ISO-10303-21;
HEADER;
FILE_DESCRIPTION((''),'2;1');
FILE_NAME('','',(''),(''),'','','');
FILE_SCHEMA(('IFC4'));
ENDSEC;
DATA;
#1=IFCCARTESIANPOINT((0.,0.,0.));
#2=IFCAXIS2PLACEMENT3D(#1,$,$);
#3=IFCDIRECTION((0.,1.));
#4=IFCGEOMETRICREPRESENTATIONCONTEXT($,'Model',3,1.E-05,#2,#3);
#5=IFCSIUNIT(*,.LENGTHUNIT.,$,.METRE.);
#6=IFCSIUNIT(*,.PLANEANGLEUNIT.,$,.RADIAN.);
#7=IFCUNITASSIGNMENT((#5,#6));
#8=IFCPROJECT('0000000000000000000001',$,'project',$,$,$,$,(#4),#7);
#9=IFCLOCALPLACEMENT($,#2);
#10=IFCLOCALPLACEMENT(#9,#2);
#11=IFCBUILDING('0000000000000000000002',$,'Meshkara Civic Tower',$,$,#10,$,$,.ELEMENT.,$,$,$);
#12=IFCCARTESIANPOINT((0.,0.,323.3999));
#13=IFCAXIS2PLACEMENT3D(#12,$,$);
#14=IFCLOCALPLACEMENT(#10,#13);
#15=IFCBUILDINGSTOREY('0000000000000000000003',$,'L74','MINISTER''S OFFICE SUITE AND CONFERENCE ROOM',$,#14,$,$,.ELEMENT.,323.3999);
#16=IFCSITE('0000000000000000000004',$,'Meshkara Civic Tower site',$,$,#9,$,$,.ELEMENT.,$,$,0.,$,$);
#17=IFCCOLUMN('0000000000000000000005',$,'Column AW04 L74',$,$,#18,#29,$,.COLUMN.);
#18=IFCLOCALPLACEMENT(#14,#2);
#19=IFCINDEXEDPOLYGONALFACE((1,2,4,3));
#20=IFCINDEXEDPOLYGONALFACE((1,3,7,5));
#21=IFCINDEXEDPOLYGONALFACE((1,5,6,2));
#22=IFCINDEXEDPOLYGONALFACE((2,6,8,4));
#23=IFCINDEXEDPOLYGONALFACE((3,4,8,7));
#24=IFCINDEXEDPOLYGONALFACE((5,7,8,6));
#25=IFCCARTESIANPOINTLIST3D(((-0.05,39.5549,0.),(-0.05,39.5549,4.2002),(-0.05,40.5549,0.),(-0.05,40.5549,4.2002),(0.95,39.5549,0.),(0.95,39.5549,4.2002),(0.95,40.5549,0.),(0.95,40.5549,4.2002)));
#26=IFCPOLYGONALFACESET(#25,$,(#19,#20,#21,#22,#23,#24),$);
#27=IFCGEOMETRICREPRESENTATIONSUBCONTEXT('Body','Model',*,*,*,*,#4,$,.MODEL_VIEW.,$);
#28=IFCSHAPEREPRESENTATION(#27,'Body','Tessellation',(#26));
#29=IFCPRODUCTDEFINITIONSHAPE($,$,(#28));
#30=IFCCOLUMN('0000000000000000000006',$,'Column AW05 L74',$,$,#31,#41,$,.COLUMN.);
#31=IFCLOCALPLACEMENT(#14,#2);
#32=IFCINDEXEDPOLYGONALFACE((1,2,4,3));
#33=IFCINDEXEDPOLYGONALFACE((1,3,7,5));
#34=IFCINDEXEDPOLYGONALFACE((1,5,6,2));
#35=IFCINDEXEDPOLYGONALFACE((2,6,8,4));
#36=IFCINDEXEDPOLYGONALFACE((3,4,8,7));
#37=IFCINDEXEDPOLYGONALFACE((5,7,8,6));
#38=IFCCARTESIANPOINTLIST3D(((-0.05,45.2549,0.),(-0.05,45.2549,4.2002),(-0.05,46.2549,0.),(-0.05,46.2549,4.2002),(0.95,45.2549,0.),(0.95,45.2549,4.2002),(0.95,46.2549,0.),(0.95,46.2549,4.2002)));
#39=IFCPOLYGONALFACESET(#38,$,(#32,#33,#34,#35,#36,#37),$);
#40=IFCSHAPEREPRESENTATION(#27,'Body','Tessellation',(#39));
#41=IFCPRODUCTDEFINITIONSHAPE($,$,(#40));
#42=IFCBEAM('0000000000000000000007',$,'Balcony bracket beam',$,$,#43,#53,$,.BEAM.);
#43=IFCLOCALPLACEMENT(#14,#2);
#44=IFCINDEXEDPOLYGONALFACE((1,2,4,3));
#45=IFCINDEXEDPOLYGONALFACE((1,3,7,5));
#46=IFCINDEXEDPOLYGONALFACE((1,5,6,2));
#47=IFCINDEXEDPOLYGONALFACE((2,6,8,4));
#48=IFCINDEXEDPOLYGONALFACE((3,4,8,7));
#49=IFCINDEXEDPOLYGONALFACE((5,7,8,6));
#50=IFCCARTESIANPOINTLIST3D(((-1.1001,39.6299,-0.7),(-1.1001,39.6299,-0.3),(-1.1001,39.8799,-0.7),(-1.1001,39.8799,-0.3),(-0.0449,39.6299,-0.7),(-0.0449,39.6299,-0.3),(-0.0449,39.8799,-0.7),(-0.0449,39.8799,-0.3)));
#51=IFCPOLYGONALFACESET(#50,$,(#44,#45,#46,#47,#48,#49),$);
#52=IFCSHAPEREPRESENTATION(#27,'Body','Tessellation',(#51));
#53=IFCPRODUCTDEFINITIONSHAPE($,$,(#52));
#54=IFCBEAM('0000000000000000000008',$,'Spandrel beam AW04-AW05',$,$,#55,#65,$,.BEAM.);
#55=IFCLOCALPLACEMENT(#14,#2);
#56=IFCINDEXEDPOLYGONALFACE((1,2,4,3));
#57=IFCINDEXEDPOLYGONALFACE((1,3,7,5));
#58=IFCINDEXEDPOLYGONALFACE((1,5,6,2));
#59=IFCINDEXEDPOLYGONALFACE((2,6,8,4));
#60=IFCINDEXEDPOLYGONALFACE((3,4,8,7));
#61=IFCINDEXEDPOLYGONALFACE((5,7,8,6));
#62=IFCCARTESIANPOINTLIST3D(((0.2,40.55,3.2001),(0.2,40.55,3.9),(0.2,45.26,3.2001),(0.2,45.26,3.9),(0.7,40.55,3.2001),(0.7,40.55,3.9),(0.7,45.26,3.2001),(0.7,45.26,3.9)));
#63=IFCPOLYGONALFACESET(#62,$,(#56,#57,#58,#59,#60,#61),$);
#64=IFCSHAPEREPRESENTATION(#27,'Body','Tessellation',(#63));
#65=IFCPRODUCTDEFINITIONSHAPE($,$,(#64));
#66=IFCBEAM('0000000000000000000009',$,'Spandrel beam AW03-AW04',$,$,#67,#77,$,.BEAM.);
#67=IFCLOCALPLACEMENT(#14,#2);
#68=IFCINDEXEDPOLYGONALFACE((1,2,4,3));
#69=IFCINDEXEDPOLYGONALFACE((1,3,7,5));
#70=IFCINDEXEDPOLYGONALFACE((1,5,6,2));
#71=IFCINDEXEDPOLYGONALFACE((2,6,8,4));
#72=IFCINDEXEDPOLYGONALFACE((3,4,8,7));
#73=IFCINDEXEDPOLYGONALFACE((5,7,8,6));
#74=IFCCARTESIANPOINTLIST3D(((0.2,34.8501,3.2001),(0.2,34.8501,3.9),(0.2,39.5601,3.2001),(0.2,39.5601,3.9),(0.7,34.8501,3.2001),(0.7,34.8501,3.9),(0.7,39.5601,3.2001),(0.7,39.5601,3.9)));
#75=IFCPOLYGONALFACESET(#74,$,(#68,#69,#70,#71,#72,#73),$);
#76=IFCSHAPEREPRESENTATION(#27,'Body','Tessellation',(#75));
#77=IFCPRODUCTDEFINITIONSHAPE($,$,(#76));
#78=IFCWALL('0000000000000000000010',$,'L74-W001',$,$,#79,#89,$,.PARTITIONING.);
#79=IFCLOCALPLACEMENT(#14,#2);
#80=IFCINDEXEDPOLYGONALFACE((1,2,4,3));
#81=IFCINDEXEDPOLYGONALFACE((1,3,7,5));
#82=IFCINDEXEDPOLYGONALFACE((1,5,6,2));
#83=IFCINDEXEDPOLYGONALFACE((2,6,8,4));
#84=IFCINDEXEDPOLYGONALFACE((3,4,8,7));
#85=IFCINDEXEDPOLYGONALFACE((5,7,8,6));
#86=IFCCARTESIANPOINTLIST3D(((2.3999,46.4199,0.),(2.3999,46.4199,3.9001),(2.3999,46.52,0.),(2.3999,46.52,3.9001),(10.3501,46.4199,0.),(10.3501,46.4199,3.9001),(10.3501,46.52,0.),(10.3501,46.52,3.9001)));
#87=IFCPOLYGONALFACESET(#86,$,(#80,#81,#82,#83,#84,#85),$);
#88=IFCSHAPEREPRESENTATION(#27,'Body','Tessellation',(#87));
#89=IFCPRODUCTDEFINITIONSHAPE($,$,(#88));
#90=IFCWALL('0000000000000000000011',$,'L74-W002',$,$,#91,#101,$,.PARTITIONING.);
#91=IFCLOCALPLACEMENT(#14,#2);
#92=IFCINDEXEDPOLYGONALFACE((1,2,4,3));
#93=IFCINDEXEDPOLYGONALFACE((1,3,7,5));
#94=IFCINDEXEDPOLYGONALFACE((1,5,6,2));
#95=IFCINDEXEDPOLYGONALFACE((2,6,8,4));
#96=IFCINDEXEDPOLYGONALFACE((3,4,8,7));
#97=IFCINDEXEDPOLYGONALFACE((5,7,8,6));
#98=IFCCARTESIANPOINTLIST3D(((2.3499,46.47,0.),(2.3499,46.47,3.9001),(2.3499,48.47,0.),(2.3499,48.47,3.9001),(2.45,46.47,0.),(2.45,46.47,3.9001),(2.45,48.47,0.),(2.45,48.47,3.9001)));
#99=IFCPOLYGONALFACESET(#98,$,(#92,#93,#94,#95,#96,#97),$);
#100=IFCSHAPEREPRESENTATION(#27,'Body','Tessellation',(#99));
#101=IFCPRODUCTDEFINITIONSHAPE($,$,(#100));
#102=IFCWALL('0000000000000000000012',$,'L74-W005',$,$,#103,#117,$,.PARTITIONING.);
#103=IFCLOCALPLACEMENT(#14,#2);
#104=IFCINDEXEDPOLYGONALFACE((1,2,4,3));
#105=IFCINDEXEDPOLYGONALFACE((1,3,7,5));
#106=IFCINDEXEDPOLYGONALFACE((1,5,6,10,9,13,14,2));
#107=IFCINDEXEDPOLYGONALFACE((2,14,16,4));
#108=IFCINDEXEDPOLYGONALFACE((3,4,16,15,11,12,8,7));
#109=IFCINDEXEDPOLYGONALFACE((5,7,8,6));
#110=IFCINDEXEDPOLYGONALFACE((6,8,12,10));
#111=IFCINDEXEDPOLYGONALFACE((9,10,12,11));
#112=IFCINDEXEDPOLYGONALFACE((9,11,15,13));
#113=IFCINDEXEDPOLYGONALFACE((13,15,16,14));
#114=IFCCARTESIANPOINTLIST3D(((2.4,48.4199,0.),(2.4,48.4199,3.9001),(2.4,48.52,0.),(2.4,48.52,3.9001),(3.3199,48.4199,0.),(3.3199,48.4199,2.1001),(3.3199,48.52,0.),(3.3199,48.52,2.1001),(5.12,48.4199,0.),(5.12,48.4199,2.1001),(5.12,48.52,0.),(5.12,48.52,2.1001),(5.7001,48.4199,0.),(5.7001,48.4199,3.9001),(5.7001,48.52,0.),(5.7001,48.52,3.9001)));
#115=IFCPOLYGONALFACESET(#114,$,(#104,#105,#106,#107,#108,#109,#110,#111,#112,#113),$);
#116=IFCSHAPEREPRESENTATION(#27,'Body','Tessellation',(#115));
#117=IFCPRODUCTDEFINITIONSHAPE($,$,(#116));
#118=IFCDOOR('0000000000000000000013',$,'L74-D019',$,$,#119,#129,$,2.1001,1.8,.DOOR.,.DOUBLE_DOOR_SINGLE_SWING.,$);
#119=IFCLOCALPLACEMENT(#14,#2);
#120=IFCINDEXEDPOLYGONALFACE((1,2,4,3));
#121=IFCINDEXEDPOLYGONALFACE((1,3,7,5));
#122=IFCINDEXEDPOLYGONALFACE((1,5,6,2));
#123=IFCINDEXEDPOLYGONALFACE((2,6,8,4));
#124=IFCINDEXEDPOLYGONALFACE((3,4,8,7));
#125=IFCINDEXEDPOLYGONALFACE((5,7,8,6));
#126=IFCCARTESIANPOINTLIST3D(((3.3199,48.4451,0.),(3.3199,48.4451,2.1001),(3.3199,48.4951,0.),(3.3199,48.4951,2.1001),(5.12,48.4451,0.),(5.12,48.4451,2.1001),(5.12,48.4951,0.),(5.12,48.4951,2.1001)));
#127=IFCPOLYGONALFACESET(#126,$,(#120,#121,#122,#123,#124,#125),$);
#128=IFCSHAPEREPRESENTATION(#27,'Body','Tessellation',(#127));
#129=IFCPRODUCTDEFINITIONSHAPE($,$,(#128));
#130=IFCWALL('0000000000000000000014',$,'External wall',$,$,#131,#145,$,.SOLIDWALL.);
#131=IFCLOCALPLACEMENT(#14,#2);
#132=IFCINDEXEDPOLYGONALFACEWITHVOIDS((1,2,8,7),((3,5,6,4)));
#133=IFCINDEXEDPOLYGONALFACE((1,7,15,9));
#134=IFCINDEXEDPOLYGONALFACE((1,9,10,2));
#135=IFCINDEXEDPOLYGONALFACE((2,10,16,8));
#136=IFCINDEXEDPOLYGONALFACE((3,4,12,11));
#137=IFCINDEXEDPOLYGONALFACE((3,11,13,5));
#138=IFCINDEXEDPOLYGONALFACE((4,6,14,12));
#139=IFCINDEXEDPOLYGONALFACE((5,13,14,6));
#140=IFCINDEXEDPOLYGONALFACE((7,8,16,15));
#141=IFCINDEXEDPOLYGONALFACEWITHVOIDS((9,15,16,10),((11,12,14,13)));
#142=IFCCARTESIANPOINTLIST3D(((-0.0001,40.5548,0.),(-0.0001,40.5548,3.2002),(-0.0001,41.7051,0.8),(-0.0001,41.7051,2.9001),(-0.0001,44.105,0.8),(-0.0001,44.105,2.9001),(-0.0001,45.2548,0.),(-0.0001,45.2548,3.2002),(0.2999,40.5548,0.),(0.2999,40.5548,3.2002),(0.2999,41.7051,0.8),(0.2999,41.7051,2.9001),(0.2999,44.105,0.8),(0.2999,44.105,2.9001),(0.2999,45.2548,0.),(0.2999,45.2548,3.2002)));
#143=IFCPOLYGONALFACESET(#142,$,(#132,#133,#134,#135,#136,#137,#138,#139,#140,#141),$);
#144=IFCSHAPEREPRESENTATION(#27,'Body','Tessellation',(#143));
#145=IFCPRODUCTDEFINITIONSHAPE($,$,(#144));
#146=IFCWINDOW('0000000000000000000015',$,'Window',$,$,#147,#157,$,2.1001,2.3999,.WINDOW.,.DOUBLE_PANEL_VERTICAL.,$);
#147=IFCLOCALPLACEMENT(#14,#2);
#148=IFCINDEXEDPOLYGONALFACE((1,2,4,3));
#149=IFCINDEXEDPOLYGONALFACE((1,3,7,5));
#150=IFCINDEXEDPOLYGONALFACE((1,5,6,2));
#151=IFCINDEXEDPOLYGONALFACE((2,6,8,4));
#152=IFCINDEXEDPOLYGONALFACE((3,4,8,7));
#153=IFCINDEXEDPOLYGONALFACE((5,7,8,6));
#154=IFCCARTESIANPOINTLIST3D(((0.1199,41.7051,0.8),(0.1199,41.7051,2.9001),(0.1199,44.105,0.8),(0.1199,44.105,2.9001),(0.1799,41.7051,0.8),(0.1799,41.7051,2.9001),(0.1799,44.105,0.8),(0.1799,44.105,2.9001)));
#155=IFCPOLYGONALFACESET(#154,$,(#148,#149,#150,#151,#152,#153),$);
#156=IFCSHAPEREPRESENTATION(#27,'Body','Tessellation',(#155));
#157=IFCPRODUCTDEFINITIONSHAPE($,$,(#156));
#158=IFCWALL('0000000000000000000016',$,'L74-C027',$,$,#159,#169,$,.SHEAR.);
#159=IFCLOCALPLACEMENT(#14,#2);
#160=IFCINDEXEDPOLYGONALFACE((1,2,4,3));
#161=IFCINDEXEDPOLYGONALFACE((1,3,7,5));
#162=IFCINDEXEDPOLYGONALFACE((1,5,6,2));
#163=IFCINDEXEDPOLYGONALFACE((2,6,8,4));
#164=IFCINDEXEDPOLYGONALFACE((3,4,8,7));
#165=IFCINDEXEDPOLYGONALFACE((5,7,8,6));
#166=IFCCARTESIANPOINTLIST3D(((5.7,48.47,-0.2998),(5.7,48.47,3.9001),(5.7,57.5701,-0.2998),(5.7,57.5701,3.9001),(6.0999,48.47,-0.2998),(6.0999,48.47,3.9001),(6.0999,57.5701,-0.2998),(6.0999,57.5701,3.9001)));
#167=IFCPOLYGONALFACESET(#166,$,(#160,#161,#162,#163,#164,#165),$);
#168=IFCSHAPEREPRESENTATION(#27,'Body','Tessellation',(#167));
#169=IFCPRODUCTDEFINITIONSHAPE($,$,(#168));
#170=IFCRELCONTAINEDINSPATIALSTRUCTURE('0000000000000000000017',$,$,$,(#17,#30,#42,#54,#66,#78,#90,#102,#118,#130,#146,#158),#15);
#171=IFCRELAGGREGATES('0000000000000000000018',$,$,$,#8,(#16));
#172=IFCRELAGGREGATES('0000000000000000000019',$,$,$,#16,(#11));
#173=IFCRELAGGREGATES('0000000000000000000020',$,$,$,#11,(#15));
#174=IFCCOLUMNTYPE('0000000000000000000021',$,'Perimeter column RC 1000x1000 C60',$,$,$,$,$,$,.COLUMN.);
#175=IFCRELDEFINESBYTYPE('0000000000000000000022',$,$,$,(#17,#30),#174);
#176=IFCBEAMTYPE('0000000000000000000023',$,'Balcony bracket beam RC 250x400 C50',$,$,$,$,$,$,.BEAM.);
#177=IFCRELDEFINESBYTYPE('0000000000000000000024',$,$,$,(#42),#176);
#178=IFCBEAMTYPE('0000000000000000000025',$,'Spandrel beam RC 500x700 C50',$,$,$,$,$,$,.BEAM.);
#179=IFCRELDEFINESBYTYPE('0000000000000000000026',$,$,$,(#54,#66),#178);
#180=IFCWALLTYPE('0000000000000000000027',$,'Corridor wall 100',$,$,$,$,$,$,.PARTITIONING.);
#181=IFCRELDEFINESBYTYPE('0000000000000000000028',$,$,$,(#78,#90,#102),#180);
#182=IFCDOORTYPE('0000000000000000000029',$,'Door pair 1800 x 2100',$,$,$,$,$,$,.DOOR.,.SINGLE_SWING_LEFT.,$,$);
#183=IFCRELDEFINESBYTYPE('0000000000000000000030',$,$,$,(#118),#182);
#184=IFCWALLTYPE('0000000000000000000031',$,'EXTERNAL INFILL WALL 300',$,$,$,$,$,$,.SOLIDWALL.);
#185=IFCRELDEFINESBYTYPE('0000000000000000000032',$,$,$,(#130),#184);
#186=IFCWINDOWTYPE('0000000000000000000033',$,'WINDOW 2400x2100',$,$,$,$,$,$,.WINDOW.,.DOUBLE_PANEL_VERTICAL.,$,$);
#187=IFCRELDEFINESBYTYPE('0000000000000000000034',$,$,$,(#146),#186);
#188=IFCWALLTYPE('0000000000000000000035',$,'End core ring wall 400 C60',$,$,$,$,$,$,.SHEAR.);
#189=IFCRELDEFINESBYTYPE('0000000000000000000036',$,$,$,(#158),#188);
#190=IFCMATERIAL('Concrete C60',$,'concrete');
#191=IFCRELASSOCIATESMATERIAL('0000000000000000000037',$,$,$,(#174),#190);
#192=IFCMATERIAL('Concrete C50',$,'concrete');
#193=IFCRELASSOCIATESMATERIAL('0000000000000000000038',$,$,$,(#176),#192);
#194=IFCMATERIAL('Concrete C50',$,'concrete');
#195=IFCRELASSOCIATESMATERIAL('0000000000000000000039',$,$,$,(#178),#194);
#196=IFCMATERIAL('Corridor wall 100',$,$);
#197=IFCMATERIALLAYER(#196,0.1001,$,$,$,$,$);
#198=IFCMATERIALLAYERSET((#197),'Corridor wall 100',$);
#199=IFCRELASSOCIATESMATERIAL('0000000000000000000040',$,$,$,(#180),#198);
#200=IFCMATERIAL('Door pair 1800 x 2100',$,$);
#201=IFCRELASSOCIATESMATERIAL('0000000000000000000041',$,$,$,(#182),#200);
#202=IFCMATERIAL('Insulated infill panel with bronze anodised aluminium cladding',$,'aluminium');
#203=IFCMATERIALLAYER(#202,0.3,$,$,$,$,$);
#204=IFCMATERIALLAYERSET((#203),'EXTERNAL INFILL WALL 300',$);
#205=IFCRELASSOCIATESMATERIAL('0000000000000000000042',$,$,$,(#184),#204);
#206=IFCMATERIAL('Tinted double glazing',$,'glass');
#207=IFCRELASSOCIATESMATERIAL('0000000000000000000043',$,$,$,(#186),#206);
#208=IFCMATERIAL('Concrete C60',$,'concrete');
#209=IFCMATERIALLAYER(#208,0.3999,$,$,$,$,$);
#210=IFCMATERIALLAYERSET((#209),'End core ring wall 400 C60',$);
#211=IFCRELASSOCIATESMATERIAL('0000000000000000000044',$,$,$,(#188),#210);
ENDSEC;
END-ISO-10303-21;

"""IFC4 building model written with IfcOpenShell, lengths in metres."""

from ifc_helpers import new_model, si_unit, direction, frame, frame_2d, origin, origin_2d, place, context, subcontext, project, spatial, rectangle, extrude, material, layer, layer_set, material_profile, profile_set, type_object, element, fill, save


model = new_model("IFC4")

# Units and contexts
model_context = context("Model", 3, precision=1e-05, world=origin(), true_north=direction((0.0, 1.0)))
body_context = subcontext(model_context, "Body", "Model", "MODEL_VIEW")
ifc_project = project(units=[si_unit("LENGTHUNIT", "METRE"), si_unit("PLANEANGLEUNIT", "RADIAN")], contexts=[model_context])

# Site, building, storey
site_placement = place(None, origin())
site = spatial("IfcSite", under=ifc_project, at=site_placement, Name="Meshkara Civic Tower site", CompositionType="ELEMENT", RefElevation=0.0)
building_placement = place(site_placement, origin())
building = spatial("IfcBuilding", under=site, at=building_placement, Name="Meshkara Civic Tower", CompositionType="ELEMENT")
storey_placement = place(building_placement, frame((0.0, 0.0, 323.3999)))
storey = spatial("IfcBuildingStorey", under=building, at=storey_placement, Name="L74", Description="MINISTER'S OFFICE SUITE AND CONFERENCE ROOM", CompositionType="ELEMENT", Elevation=323.3999)

# Columns
ifc_material_1 = material(Name="Concrete C60", Category="concrete")
ifc_material_profile_1 = material_profile(ifc_material_1, rectangle(XDim=1.0, YDim=1.0, at=origin_2d()))
ifc_profile_set_1 = profile_set([ifc_material_profile_1], Name="Concrete C60")
column_type = type_object("IfcColumnType", Name="Perimeter column RC 1000x1000 C60", PredefinedType="COLUMN", material=ifc_profile_set_1)
for number, where, z_axis, x_axis, name in (
    (1, (0.45, 40.0549, 0.0), (0.0, 0.0, 1.0), (1.0, 0.0, 0.0), "Column AW04 L74"),
    (2, (0.45, 45.7549, 0.0), (0.0, 0.0, 1.0), (1.0, 0.0, 0.0), "Column AW05 L74"),
):
    element("IfcColumn", number, at=place(storey_placement, frame(where, z_axis=z_axis, x_axis=x_axis)), inside=storey, type_object=column_type, Name=name, PredefinedType="COLUMN", context=body_context, shape_type="SweptSolid", body=[
        extrude(rectangle(XDim=1.0, YDim=1.0, at=origin_2d()), origin(), (0.0, 0.0, 1.0), 4.2002),
    ])

# Beams
ifc_material_2 = material(Name="Concrete C50", Category="concrete")
ifc_material_profile_2 = material_profile(ifc_material_2, rectangle(XDim=0.25, YDim=0.3999, at=origin_2d()))
ifc_profile_set_2 = profile_set([ifc_material_profile_2], Name="Concrete C50")
beam_type_1 = type_object("IfcBeamType", Name="Balcony bracket beam RC 250x400 C50", PredefinedType="BEAM", material=ifc_profile_set_2)
beam_placement = place(storey_placement, frame((-0.0449, 39.7549, -0.5), z_axis=(-1.0, 0.0, 0.0), x_axis=(0.0, -1.0, 0.0)))
element("IfcBeam", 3, at=beam_placement, inside=storey, type_object=beam_type_1, Name="Balcony bracket beam", PredefinedType="BEAM", context=body_context, shape_type="SweptSolid", body=[
    extrude(rectangle(XDim=0.25, YDim=0.3999, at=origin_2d()), origin(), (0.0, 0.0, 1.0), 1.0552),
])
ifc_material_3 = material(Name="Concrete C50", Category="concrete")
ifc_material_profile_3 = material_profile(ifc_material_3, rectangle(XDim=0.5, YDim=0.7, at=origin_2d()))
ifc_profile_set_3 = profile_set([ifc_material_profile_3], Name="Concrete C50")
beam_type_2 = type_object("IfcBeamType", Name="Spandrel beam RC 500x700 C50", PredefinedType="BEAM", material=ifc_profile_set_3)
for number, where, z_axis, x_axis, name in (
    (4, (0.45, 45.26, 3.55), (0.0, -1.0, 0.0), (1.0, 0.0, 0.0), "Spandrel beam AW04-AW05"),
    (5, (0.45, 39.5601, 3.55), (0.0, -1.0, 0.0), (1.0, 0.0, 0.0), "Spandrel beam AW03-AW04"),
):
    element("IfcBeam", number, at=place(storey_placement, frame(where, z_axis=z_axis, x_axis=x_axis)), inside=storey, type_object=beam_type_2, Name=name, PredefinedType="BEAM", context=body_context, shape_type="SweptSolid", body=[
        extrude(rectangle(XDim=0.5, YDim=0.7, at=origin_2d()), origin(), (0.0, 0.0, 1.0), 4.71),
    ])

# Walls
ifc_material_4 = material(Name="Corridor wall 100")
ifc_layer_1 = layer(ifc_material_4, 0.1001)
ifc_layer_set_1 = layer_set([ifc_layer_1], Name="Corridor wall 100")
wall_type_1 = type_object("IfcWallType", Name="Corridor wall 100", PredefinedType="PARTITIONING", material=ifc_layer_set_1)
wall_1_placement = place(storey_placement, frame((2.3999, 46.47, 0.0), z_axis=(0.0, 0.0, 1.0), x_axis=(1.0, 0.0, 0.0)))
element("IfcWall", 6, at=wall_1_placement, inside=storey, type_object=wall_type_1, Name="L74-W001", PredefinedType="PARTITIONING", context=body_context, shape_type="SweptSolid", body=[
    extrude(rectangle(XDim=7.9502, YDim=0.1001, at=frame_2d((3.9751, 0.0))), origin(), (0.0, 0.0, 1.0), 3.9001),
])
wall_2_placement = place(storey_placement, frame((2.3999, 48.47, 0.0), z_axis=(0.0, 0.0, 1.0), x_axis=(0.0, -1.0, 0.0)))
element("IfcWall", 7, at=wall_2_placement, inside=storey, type_object=wall_type_1, Name="L74-W002", PredefinedType="PARTITIONING", context=body_context, shape_type="SweptSolid", body=[
    extrude(rectangle(XDim=2.0, YDim=0.1001, at=frame_2d((1.0, 0.0))), origin(), (0.0, 0.0, 1.0), 3.9001),
])

# Wall, opening, door
wall_3_placement = place(storey_placement, frame((5.7, 48.47, 0.0), z_axis=(0.0, 0.0, 1.0), x_axis=(-1.0, 0.0, 0.0)))
wall_3 = element("IfcWall", 8, at=wall_3_placement, inside=storey, type_object=wall_type_1, Name="L74-W005", PredefinedType="PARTITIONING", context=body_context, shape_type="SweptSolid", body=[
    extrude(rectangle(XDim=3.3, YDim=0.1001, at=frame_2d((1.6499, 0.0))), origin(), (0.0, 0.0, 1.0), 3.9001),
])
opening_1_placement = place(wall_3_placement, frame((0.5801, 0.0, 0.0)))
opening_1 = element("IfcOpeningElement", 9, at=opening_1_placement, cuts=wall_3, PredefinedType="OPENING", context=body_context, shape_type="SweptSolid", body=[
    extrude(rectangle(XDim=1.8, YDim=2.1001, at=frame_2d((0.8999, 1.05))), frame((0.0, 0.0601, 0.0), z_axis=(0.0, -1.0, 0.0), x_axis=(1.0, 0.0, 0.0)), (0.0, 0.0, 1.0), 0.1201),
])
ifc_material_5 = material(Name="Door pair 1800 x 2100")
door_type_1 = type_object("IfcDoorType", Name="Door pair 1800 x 2100", OperationType="SINGLE_SWING_LEFT", PredefinedType="DOOR", material=ifc_material_5)
door_1_placement = place(opening_1_placement, origin())
door_1 = element("IfcDoor", 10, at=door_1_placement, inside=storey, type_object=door_type_1, Name="L74-D019", OperationType="DOUBLE_DOOR_SINGLE_SWING", OverallHeight=2.1001, OverallWidth=1.8, PredefinedType="DOOR", context=body_context, shape_type="SweptSolid", body=[
    extrude(rectangle(XDim=1.8, YDim=2.1001, at=frame_2d((0.8999, 1.05))), frame((0.0, 0.0249, 0.0), z_axis=(0.0, -1.0, 0.0), x_axis=(1.0, 0.0, 0.0)), (0.0, 0.0, 1.0), 0.05),
])
fill(opening_1, door_1)

# Wall, opening, window
ifc_material_6 = material(Name="Insulated infill panel with bronze anodised aluminium cladding", Category="aluminium")
ifc_layer_2 = layer(ifc_material_6, 0.3)
ifc_layer_set_2 = layer_set([ifc_layer_2], Name="EXTERNAL INFILL WALL 300")
wall_type_2 = type_object("IfcWallType", Name="EXTERNAL INFILL WALL 300", PredefinedType="SOLIDWALL", material=ifc_layer_set_2)
wall_4_placement = place(storey_placement, frame((0.1499, 45.2549, 0.0), z_axis=(0.0, 0.0, 1.0), x_axis=(0.0, -1.0, 0.0)))
wall_4 = element("IfcWall", 11, at=wall_4_placement, inside=storey, type_object=wall_type_2, Name="External wall", PredefinedType="SOLIDWALL", context=body_context, shape_type="SweptSolid", body=[
    extrude(rectangle(XDim=4.7, YDim=0.3, at=frame_2d((2.3501, 0.0))), origin(), (0.0, 0.0, 1.0), 3.2002),
])
opening_2_placement = place(wall_4_placement, frame((1.1499, 0.0, 0.8)))
opening_2 = element("IfcOpeningElement", 12, at=opening_2_placement, cuts=wall_4, PredefinedType="OPENING", context=body_context, shape_type="SweptSolid", body=[
    extrude(rectangle(XDim=2.3999, YDim=2.1001, at=frame_2d((1.2, 1.05))), frame((0.0, 0.1599, 0.0), z_axis=(0.0, -1.0, 0.0), x_axis=(1.0, 0.0, 0.0)), (0.0, 0.0, 1.0), 0.3201),
])
ifc_material_7 = material(Name="Tinted double glazing", Category="glass")
window_type = type_object("IfcWindowType", Name="WINDOW 2400x2100", PartitioningType="DOUBLE_PANEL_VERTICAL", PredefinedType="WINDOW", material=ifc_material_7)
window_placement = place(opening_2_placement, origin())
window = element("IfcWindow", 13, at=window_placement, inside=storey, type_object=window_type, Name="Window", OverallHeight=2.1001, OverallWidth=2.3999, PartitioningType="DOUBLE_PANEL_VERTICAL", PredefinedType="WINDOW", context=body_context, shape_type="SweptSolid", body=[
    extrude(rectangle(XDim=2.3999, YDim=2.1001, at=frame_2d((1.2, 1.05))), frame((0.0, 0.03, 0.0), z_axis=(0.0, -1.0, 0.0), x_axis=(1.0, 0.0, 0.0)), (0.0, 0.0, 1.0), 0.0601),
])
fill(opening_2, window)

# Wall
ifc_material_8 = material(Name="Concrete C60", Category="concrete")
ifc_layer_3 = layer(ifc_material_8, 0.3999)
ifc_layer_set_3 = layer_set([ifc_layer_3], Name="End core ring wall 400 C60")
wall_type_3 = type_object("IfcWallType", Name="End core ring wall 400 C60", PredefinedType="SHEAR", material=ifc_layer_set_3)
wall_5_placement = place(storey_placement, frame((5.8999, 48.47, -0.2998), z_axis=(0.0, 0.0, 1.0), x_axis=(0.0, 1.0, 0.0)))
element("IfcWall", 14, at=wall_5_placement, inside=storey, type_object=wall_type_3, Name="L74-C027", PredefinedType="SHEAR", context=body_context, shape_type="SweptSolid", body=[
    extrude(rectangle(XDim=9.1001, YDim=0.3999, at=frame_2d((4.55, 0.0))), origin(), (0.0, 0.0, 1.0), 4.2),
])

save(model, "model.ifc")
